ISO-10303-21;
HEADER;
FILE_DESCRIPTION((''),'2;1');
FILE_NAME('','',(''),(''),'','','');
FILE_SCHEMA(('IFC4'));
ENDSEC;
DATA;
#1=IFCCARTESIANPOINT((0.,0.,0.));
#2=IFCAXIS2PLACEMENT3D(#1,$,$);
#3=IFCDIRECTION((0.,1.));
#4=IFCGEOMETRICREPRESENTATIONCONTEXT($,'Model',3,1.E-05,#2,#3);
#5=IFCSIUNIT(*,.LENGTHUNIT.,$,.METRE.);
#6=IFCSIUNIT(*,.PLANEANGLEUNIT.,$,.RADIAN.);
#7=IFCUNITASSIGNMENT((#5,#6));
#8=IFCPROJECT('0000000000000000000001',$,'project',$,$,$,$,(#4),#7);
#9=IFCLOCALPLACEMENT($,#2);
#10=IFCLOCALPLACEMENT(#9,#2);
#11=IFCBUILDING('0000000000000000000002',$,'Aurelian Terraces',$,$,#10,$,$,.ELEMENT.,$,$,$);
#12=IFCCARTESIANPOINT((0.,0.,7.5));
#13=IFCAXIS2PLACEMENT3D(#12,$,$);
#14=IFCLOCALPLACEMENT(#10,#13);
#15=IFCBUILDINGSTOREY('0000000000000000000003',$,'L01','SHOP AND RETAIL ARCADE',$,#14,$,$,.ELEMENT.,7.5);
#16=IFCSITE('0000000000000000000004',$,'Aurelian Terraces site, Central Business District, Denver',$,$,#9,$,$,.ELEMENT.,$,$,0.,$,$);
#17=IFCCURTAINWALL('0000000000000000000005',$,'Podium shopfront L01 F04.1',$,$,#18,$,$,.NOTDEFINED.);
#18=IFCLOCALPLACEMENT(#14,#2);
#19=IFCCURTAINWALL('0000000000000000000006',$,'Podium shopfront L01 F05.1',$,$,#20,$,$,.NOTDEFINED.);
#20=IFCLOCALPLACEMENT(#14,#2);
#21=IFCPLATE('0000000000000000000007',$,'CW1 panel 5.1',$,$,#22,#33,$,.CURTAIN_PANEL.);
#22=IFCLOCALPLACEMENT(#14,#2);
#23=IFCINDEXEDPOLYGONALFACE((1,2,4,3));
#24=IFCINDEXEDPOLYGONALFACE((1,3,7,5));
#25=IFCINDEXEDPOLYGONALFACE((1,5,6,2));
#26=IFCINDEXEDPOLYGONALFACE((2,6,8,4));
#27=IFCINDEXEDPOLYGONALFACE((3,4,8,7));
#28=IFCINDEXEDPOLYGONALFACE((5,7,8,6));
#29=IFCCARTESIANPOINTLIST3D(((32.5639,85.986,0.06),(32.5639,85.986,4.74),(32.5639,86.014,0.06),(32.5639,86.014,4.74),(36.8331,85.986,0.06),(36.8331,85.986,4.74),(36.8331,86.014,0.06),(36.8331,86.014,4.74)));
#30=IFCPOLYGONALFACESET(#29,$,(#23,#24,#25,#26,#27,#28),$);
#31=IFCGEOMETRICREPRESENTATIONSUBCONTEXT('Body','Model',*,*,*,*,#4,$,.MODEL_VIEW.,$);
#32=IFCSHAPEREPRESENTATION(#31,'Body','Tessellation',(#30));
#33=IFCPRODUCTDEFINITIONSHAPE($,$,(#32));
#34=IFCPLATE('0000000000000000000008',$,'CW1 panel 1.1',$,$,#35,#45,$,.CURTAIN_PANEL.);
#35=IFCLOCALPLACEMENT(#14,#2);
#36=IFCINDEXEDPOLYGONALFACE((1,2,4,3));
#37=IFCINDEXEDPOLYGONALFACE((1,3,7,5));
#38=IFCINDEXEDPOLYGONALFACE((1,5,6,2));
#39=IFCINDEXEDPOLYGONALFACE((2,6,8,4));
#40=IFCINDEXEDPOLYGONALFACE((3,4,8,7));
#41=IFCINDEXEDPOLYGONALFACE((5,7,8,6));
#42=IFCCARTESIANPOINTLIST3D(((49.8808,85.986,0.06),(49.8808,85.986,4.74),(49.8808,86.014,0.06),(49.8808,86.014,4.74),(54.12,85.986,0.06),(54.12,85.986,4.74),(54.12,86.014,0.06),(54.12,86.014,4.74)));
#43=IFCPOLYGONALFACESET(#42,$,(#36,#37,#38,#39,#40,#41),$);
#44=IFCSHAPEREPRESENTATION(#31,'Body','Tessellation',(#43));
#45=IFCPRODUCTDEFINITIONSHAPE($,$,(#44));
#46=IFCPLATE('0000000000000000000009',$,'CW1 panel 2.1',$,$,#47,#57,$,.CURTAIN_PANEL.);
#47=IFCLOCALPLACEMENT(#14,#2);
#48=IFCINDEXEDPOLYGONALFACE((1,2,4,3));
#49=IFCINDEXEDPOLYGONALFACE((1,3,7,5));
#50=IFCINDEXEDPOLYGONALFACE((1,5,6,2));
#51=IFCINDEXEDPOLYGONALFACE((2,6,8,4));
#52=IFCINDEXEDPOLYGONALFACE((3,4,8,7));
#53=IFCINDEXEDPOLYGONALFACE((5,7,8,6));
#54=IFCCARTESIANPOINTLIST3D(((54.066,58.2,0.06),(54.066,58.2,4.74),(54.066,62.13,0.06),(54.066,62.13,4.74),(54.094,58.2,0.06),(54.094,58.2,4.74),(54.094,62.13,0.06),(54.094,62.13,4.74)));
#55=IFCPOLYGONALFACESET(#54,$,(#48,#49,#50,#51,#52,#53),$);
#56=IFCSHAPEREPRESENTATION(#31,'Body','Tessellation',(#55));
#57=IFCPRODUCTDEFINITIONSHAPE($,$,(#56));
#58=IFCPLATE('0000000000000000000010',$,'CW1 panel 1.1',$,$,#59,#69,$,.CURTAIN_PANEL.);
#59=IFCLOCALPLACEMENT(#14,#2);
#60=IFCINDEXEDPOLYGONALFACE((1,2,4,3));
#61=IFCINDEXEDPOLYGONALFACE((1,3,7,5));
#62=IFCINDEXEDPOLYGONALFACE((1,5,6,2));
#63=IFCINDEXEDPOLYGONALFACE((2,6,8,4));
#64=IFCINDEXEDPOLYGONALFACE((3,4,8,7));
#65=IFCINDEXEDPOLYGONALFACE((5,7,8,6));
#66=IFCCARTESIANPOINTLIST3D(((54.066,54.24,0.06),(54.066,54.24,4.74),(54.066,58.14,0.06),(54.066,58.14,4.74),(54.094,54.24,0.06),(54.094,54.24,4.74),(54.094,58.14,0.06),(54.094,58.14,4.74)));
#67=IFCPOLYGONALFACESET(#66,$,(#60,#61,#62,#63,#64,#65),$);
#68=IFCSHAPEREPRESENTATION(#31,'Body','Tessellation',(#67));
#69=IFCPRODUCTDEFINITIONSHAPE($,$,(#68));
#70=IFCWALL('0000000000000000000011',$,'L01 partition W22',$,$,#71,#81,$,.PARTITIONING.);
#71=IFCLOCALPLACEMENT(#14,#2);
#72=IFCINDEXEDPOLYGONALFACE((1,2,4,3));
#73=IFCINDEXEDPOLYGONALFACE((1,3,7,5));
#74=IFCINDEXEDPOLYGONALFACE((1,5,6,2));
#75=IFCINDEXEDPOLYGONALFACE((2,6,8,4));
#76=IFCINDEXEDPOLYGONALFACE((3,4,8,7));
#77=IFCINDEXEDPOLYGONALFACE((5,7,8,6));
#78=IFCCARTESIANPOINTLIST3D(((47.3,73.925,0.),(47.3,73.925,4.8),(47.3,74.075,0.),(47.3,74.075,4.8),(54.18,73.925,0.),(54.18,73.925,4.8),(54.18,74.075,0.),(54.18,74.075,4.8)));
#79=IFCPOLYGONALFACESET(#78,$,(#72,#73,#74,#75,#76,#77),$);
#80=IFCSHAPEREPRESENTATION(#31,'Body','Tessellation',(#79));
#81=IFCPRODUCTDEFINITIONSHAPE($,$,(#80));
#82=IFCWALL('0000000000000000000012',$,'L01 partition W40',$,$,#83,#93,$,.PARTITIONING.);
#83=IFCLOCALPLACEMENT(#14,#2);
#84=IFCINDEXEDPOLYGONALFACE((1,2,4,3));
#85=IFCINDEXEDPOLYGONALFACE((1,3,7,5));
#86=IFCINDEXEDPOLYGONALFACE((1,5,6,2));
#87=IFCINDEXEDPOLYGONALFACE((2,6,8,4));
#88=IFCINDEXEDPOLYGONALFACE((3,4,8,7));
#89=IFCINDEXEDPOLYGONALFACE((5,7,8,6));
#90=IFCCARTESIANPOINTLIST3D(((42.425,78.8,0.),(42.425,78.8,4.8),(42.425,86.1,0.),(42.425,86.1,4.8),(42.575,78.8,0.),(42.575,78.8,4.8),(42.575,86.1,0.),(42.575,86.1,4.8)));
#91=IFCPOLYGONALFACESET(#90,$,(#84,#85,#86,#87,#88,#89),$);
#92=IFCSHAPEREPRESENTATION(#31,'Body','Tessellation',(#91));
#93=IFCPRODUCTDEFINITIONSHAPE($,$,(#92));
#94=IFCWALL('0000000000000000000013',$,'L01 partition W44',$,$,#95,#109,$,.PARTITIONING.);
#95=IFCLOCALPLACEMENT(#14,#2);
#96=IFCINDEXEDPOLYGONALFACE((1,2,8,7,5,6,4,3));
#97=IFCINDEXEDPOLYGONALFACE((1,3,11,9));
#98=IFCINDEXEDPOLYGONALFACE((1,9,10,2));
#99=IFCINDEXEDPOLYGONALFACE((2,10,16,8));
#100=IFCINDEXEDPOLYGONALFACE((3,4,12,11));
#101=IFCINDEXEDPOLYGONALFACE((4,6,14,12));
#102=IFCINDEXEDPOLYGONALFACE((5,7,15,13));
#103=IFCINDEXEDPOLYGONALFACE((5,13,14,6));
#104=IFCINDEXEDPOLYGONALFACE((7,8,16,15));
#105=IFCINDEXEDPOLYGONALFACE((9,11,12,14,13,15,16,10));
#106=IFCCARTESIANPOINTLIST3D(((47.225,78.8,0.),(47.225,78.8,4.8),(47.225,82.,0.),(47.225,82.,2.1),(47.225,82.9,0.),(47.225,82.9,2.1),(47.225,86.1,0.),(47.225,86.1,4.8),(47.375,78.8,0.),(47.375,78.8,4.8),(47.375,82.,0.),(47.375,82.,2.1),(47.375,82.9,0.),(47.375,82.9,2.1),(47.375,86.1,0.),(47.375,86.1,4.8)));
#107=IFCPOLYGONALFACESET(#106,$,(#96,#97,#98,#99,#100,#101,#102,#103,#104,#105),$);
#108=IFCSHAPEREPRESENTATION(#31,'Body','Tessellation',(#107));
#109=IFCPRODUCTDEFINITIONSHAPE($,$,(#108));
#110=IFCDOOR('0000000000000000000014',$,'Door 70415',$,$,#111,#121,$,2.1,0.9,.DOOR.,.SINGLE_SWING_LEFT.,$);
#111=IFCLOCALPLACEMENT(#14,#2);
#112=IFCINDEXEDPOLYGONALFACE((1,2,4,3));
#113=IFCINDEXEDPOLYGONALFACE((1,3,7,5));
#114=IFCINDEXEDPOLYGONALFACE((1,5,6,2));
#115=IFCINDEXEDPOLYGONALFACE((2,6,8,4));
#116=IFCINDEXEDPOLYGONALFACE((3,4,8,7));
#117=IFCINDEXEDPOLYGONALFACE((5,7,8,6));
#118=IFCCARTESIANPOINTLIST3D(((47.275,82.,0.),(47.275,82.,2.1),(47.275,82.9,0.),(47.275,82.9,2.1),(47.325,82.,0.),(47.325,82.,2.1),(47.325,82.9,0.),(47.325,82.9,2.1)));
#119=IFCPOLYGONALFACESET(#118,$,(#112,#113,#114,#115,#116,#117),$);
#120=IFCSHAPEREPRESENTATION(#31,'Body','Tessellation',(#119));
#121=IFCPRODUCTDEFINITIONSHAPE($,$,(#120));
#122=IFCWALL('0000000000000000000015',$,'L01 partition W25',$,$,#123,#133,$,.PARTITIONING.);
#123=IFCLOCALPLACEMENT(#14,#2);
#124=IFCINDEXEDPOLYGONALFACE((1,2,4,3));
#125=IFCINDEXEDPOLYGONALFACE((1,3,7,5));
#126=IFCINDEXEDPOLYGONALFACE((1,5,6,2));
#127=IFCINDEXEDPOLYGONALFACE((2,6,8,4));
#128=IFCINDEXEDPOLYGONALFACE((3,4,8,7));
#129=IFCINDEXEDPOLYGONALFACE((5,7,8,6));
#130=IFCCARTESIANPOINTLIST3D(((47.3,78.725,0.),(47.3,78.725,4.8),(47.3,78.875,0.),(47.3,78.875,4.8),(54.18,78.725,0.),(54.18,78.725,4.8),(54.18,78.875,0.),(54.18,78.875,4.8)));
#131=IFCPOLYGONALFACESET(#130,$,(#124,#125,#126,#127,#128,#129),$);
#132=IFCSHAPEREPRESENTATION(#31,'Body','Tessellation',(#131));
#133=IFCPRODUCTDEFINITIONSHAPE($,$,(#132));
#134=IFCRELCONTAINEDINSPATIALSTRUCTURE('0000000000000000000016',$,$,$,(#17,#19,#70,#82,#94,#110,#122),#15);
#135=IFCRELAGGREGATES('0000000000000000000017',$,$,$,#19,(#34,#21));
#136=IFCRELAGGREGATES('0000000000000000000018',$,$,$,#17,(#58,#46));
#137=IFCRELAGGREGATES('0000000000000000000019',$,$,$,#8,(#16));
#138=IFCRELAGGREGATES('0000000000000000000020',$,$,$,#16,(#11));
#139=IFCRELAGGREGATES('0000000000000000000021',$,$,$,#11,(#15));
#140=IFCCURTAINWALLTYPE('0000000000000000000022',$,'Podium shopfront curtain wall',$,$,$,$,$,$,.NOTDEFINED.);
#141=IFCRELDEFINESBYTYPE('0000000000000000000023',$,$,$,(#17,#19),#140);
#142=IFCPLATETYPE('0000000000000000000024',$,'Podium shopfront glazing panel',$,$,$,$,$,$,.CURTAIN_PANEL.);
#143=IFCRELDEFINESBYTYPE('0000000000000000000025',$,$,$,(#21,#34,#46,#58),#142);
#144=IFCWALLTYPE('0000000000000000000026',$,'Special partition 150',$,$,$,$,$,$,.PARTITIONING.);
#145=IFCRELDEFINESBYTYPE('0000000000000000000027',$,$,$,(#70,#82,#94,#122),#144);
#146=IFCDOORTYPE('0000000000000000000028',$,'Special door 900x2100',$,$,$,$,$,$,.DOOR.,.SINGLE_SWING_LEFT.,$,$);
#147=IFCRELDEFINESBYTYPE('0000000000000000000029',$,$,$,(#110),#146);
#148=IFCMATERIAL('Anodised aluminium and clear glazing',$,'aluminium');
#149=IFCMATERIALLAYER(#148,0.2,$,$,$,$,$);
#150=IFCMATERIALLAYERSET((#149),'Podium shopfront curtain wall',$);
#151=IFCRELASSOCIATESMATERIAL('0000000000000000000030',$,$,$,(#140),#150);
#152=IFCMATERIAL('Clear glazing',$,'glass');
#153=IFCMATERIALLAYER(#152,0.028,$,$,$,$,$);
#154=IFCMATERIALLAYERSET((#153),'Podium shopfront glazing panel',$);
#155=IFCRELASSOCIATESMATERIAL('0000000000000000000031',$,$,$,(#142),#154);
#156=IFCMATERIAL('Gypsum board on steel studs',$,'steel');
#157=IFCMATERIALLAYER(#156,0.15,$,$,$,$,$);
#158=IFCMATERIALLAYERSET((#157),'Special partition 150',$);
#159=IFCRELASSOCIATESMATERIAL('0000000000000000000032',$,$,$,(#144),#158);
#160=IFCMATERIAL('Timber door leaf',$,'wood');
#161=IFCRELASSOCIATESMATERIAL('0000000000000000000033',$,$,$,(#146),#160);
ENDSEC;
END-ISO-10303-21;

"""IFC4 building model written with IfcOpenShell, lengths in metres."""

from ifc_helpers import new_model, si_unit, direction, frame, frame_2d, origin, origin_2d, place, context, subcontext, project, spatial, rectangle, extrude, source, transform, mapped, material, layer, layer_set, type_object, element, fill, aggregate, save


model = new_model("IFC4")

# Units and contexts
model_context = context("Model", 3, precision=1e-05, world=origin(), true_north=direction((0.0, 1.0)))
body_context = subcontext(model_context, "Body", "Model", "MODEL_VIEW")
ifc_project = project(units=[si_unit("LENGTHUNIT", "METRE"), si_unit("PLANEANGLEUNIT", "RADIAN")], contexts=[model_context])

# Site, building, storey
site_placement = place(None, origin())
site = spatial("IfcSite", under=ifc_project, at=site_placement, Name="Aurelian Terraces site, Central Business District, Denver", CompositionType="ELEMENT", RefElevation=0.0)
building_placement = place(site_placement, origin())
building = spatial("IfcBuilding", under=site, at=building_placement, Name="Aurelian Terraces", CompositionType="ELEMENT")
storey_placement = place(building_placement, frame((0.0, 0.0, 7.5)))
storey = spatial("IfcBuildingStorey", under=building, at=storey_placement, Name="L01", Description="SHOP AND RETAIL ARCADE", CompositionType="ELEMENT", Elevation=7.5)

# Curtain walls
ifc_material_1 = material(Name="Anodised aluminium and clear glazing", Category="aluminium")
ifc_layer_1 = layer(ifc_material_1, 0.2)
ifc_layer_set_1 = layer_set([ifc_layer_1], Name="Podium shopfront curtain wall")
curtain_wall_type = type_object("IfcCurtainWallType", Name="Podium shopfront curtain wall", PredefinedType="NOTDEFINED", material=ifc_layer_set_1)
curtain_wall_1_placement = place(storey_placement, origin())
curtain_wall_1 = element("IfcCurtainWall", 1, at=curtain_wall_1_placement, inside=storey, type_object=curtain_wall_type, Name="Podium shopfront L01 F04.1", PredefinedType="NOTDEFINED")
curtain_wall_2_placement = place(storey_placement, origin())
curtain_wall_2 = element("IfcCurtainWall", 2, at=curtain_wall_2_placement, inside=storey, type_object=curtain_wall_type, Name="Podium shopfront L01 F05.1", PredefinedType="NOTDEFINED")

# Plates
ifc_material_2 = material(Name="Clear glazing", Category="glass")
ifc_layer_2 = layer(ifc_material_2, 0.028)
ifc_layer_set_2 = layer_set([ifc_layer_2], Name="Podium shopfront glazing panel")
plate_type = type_object("IfcPlateType", Name="Podium shopfront glazing panel", PredefinedType="CURTAIN_PANEL", material=ifc_layer_set_2)
shared_shape_1 = source(origin(), body_context, "Body", "SweptSolid", [
    extrude(rectangle(XDim=4.2692, YDim=0.028, at=origin_2d()), origin(), (0.0, 0.0, 1.0), 4.68),
])
plate_1_placement = place(storey_placement, frame((34.6985, 86.0, 0.06), z_axis=(0.0, 0.0, 1.0), x_axis=(-1.0, 0.0, 0.0)))
plate_1 = element("IfcPlate", 3, at=plate_1_placement, type_object=plate_type, Name="CW1 panel 5.1", PredefinedType="CURTAIN_PANEL", context=body_context, shape_type="MappedRepresentation", body=[
    mapped(shared_shape_1, transform((0.0, 0.0, 0.0), scale=1.0)),
])
shared_shape_2 = source(origin(), body_context, "Body", "SweptSolid", [
    extrude(rectangle(XDim=4.2392, YDim=0.028, at=origin_2d()), origin(), (0.0, 0.0, 1.0), 4.68),
])
plate_2_placement = place(storey_placement, frame((52.0004, 86.0, 0.06), z_axis=(0.0, 0.0, 1.0), x_axis=(-1.0, 0.0, 0.0)))
plate_2 = element("IfcPlate", 4, at=plate_2_placement, type_object=plate_type, Name="CW1 panel 1.1", PredefinedType="CURTAIN_PANEL", context=body_context, shape_type="MappedRepresentation", body=[
    mapped(shared_shape_2, transform((0.0, 0.0, 0.0), scale=1.0)),
])
aggregate(curtain_wall_2, [plate_2, plate_1])
shared_shape_3 = source(origin(), body_context, "Body", "SweptSolid", [
    extrude(rectangle(XDim=3.93, YDim=0.028, at=origin_2d()), origin(), (0.0, 0.0, 1.0), 4.68),
])
plate_3_placement = place(storey_placement, frame((54.08, 60.165, 0.06), z_axis=(0.0, 0.0, 1.0), x_axis=(0.0, 1.0, 0.0)))
plate_3 = element("IfcPlate", 5, at=plate_3_placement, type_object=plate_type, Name="CW1 panel 2.1", PredefinedType="CURTAIN_PANEL", context=body_context, shape_type="MappedRepresentation", body=[
    mapped(shared_shape_3, transform((0.0, 0.0, 0.0), scale=1.0)),
])
shared_shape_4 = source(origin(), body_context, "Body", "SweptSolid", [
    extrude(rectangle(XDim=3.9, YDim=0.028, at=origin_2d()), origin(), (0.0, 0.0, 1.0), 4.68),
])
plate_4_placement = place(storey_placement, frame((54.08, 56.19, 0.06), z_axis=(0.0, 0.0, 1.0), x_axis=(0.0, 1.0, 0.0)))
plate_4 = element("IfcPlate", 6, at=plate_4_placement, type_object=plate_type, Name="CW1 panel 1.1", PredefinedType="CURTAIN_PANEL", context=body_context, shape_type="MappedRepresentation", body=[
    mapped(shared_shape_4, transform((0.0, 0.0, 0.0), scale=1.0)),
])
aggregate(curtain_wall_1, [plate_4, plate_3])

# Walls
ifc_material_3 = material(Name="Gypsum board on steel studs", Category="steel")
ifc_layer_3 = layer(ifc_material_3, 0.15)
ifc_layer_set_3 = layer_set([ifc_layer_3], Name="Special partition 150")
wall_type = type_object("IfcWallType", Name="Special partition 150", PredefinedType="PARTITIONING", material=ifc_layer_set_3)
wall_1_placement = place(storey_placement, frame((47.3, 74.0, 0.0), z_axis=(0.0, 0.0, 1.0), x_axis=(1.0, 0.0, 0.0)))
element("IfcWall", 7, at=wall_1_placement, inside=storey, type_object=wall_type, Name="L01 partition W22", PredefinedType="PARTITIONING", context=body_context, shape_type="SweptSolid", body=[
    extrude(rectangle(XDim=6.88, YDim=0.15, at=frame_2d((3.44, 0.0))), origin(), (0.0, 0.0, 1.0), 4.8),
])
shared_shape_5 = source(origin(), body_context, "Body", "SweptSolid", [
    extrude(rectangle(XDim=7.3, YDim=0.15, at=frame_2d((3.65, 0.0))), origin(), (0.0, 0.0, 1.0), 4.8),
])
wall_2_placement = place(storey_placement, frame((42.5, 78.8, 0.0), z_axis=(0.0, 0.0, 1.0), x_axis=(0.0, 1.0, 0.0)))
element("IfcWall", 8, at=wall_2_placement, inside=storey, type_object=wall_type, Name="L01 partition W40", PredefinedType="PARTITIONING", context=body_context, shape_type="MappedRepresentation", body=[
    mapped(shared_shape_5, transform((0.0, 0.0, 0.0), scale=1.0)),
])

# Wall, opening, door
wall_3_placement = place(storey_placement, frame((47.3, 78.8, 0.0), z_axis=(0.0, 0.0, 1.0), x_axis=(0.0, 1.0, 0.0)))
wall_3 = element("IfcWall", 9, at=wall_3_placement, inside=storey, type_object=wall_type, Name="L01 partition W44", PredefinedType="PARTITIONING", context=body_context, shape_type="MappedRepresentation", body=[
    mapped(shared_shape_5, transform((0.0, 0.0, 0.0), scale=1.0)),
])
shared_shape_6 = source(origin(), body_context, "Body", "SweptSolid", [
    extrude(rectangle(XDim=0.9, YDim=2.1, at=frame_2d((0.45, 1.05))), frame((0.0, 0.085, 0.0), z_axis=(0.0, -1.0, 0.0), x_axis=(1.0, 0.0, 0.0)), (0.0, 0.0, 1.0), 0.17),
])
opening_placement = place(wall_3_placement, frame((3.2, 0.0, 0.0)))
opening = element("IfcOpeningElement", 10, at=opening_placement, cuts=wall_3, PredefinedType="OPENING", context=body_context, shape_type="MappedRepresentation", body=[
    mapped(shared_shape_6, transform((0.0, 0.0, 0.0), scale=1.0)),
])
ifc_material_4 = material(Name="Timber door leaf", Category="wood")
door_type = type_object("IfcDoorType", Name="Special door 900x2100", OperationType="SINGLE_SWING_LEFT", PredefinedType="DOOR", material=ifc_material_4)
shared_shape_7 = source(origin(), body_context, "Body", "SweptSolid", [
    extrude(rectangle(XDim=0.9, YDim=2.1, at=frame_2d((0.45, 1.05))), frame((0.0, 0.025, 0.0), z_axis=(0.0, -1.0, 0.0), x_axis=(1.0, 0.0, 0.0)), (0.0, 0.0, 1.0), 0.05),
])
door_placement = place(opening_placement, origin())
door = element("IfcDoor", 11, at=door_placement, inside=storey, type_object=door_type, Name="Door 70415", OperationType="SINGLE_SWING_LEFT", OverallHeight=2.1, OverallWidth=0.9, PredefinedType="DOOR", context=body_context, shape_type="MappedRepresentation", body=[
    mapped(shared_shape_7, transform((0.0, 0.0, 0.0), scale=1.0)),
])
fill(opening, door)

# Wall
shared_shape_8 = source(origin(), body_context, "Body", "SweptSolid", [
    extrude(rectangle(XDim=6.88, YDim=0.15, at=frame_2d((3.44, 0.0))), origin(), (0.0, 0.0, 1.0), 4.8),
])
wall_4_placement = place(storey_placement, frame((47.3, 78.8, 0.0), z_axis=(0.0, 0.0, 1.0), x_axis=(1.0, 0.0, 0.0)))
element("IfcWall", 12, at=wall_4_placement, inside=storey, type_object=wall_type, Name="L01 partition W25", PredefinedType="PARTITIONING", context=body_context, shape_type="MappedRepresentation", body=[
    mapped(shared_shape_8, transform((0.0, 0.0, 0.0), scale=1.0)),
])

save(model, "model.ifc")
